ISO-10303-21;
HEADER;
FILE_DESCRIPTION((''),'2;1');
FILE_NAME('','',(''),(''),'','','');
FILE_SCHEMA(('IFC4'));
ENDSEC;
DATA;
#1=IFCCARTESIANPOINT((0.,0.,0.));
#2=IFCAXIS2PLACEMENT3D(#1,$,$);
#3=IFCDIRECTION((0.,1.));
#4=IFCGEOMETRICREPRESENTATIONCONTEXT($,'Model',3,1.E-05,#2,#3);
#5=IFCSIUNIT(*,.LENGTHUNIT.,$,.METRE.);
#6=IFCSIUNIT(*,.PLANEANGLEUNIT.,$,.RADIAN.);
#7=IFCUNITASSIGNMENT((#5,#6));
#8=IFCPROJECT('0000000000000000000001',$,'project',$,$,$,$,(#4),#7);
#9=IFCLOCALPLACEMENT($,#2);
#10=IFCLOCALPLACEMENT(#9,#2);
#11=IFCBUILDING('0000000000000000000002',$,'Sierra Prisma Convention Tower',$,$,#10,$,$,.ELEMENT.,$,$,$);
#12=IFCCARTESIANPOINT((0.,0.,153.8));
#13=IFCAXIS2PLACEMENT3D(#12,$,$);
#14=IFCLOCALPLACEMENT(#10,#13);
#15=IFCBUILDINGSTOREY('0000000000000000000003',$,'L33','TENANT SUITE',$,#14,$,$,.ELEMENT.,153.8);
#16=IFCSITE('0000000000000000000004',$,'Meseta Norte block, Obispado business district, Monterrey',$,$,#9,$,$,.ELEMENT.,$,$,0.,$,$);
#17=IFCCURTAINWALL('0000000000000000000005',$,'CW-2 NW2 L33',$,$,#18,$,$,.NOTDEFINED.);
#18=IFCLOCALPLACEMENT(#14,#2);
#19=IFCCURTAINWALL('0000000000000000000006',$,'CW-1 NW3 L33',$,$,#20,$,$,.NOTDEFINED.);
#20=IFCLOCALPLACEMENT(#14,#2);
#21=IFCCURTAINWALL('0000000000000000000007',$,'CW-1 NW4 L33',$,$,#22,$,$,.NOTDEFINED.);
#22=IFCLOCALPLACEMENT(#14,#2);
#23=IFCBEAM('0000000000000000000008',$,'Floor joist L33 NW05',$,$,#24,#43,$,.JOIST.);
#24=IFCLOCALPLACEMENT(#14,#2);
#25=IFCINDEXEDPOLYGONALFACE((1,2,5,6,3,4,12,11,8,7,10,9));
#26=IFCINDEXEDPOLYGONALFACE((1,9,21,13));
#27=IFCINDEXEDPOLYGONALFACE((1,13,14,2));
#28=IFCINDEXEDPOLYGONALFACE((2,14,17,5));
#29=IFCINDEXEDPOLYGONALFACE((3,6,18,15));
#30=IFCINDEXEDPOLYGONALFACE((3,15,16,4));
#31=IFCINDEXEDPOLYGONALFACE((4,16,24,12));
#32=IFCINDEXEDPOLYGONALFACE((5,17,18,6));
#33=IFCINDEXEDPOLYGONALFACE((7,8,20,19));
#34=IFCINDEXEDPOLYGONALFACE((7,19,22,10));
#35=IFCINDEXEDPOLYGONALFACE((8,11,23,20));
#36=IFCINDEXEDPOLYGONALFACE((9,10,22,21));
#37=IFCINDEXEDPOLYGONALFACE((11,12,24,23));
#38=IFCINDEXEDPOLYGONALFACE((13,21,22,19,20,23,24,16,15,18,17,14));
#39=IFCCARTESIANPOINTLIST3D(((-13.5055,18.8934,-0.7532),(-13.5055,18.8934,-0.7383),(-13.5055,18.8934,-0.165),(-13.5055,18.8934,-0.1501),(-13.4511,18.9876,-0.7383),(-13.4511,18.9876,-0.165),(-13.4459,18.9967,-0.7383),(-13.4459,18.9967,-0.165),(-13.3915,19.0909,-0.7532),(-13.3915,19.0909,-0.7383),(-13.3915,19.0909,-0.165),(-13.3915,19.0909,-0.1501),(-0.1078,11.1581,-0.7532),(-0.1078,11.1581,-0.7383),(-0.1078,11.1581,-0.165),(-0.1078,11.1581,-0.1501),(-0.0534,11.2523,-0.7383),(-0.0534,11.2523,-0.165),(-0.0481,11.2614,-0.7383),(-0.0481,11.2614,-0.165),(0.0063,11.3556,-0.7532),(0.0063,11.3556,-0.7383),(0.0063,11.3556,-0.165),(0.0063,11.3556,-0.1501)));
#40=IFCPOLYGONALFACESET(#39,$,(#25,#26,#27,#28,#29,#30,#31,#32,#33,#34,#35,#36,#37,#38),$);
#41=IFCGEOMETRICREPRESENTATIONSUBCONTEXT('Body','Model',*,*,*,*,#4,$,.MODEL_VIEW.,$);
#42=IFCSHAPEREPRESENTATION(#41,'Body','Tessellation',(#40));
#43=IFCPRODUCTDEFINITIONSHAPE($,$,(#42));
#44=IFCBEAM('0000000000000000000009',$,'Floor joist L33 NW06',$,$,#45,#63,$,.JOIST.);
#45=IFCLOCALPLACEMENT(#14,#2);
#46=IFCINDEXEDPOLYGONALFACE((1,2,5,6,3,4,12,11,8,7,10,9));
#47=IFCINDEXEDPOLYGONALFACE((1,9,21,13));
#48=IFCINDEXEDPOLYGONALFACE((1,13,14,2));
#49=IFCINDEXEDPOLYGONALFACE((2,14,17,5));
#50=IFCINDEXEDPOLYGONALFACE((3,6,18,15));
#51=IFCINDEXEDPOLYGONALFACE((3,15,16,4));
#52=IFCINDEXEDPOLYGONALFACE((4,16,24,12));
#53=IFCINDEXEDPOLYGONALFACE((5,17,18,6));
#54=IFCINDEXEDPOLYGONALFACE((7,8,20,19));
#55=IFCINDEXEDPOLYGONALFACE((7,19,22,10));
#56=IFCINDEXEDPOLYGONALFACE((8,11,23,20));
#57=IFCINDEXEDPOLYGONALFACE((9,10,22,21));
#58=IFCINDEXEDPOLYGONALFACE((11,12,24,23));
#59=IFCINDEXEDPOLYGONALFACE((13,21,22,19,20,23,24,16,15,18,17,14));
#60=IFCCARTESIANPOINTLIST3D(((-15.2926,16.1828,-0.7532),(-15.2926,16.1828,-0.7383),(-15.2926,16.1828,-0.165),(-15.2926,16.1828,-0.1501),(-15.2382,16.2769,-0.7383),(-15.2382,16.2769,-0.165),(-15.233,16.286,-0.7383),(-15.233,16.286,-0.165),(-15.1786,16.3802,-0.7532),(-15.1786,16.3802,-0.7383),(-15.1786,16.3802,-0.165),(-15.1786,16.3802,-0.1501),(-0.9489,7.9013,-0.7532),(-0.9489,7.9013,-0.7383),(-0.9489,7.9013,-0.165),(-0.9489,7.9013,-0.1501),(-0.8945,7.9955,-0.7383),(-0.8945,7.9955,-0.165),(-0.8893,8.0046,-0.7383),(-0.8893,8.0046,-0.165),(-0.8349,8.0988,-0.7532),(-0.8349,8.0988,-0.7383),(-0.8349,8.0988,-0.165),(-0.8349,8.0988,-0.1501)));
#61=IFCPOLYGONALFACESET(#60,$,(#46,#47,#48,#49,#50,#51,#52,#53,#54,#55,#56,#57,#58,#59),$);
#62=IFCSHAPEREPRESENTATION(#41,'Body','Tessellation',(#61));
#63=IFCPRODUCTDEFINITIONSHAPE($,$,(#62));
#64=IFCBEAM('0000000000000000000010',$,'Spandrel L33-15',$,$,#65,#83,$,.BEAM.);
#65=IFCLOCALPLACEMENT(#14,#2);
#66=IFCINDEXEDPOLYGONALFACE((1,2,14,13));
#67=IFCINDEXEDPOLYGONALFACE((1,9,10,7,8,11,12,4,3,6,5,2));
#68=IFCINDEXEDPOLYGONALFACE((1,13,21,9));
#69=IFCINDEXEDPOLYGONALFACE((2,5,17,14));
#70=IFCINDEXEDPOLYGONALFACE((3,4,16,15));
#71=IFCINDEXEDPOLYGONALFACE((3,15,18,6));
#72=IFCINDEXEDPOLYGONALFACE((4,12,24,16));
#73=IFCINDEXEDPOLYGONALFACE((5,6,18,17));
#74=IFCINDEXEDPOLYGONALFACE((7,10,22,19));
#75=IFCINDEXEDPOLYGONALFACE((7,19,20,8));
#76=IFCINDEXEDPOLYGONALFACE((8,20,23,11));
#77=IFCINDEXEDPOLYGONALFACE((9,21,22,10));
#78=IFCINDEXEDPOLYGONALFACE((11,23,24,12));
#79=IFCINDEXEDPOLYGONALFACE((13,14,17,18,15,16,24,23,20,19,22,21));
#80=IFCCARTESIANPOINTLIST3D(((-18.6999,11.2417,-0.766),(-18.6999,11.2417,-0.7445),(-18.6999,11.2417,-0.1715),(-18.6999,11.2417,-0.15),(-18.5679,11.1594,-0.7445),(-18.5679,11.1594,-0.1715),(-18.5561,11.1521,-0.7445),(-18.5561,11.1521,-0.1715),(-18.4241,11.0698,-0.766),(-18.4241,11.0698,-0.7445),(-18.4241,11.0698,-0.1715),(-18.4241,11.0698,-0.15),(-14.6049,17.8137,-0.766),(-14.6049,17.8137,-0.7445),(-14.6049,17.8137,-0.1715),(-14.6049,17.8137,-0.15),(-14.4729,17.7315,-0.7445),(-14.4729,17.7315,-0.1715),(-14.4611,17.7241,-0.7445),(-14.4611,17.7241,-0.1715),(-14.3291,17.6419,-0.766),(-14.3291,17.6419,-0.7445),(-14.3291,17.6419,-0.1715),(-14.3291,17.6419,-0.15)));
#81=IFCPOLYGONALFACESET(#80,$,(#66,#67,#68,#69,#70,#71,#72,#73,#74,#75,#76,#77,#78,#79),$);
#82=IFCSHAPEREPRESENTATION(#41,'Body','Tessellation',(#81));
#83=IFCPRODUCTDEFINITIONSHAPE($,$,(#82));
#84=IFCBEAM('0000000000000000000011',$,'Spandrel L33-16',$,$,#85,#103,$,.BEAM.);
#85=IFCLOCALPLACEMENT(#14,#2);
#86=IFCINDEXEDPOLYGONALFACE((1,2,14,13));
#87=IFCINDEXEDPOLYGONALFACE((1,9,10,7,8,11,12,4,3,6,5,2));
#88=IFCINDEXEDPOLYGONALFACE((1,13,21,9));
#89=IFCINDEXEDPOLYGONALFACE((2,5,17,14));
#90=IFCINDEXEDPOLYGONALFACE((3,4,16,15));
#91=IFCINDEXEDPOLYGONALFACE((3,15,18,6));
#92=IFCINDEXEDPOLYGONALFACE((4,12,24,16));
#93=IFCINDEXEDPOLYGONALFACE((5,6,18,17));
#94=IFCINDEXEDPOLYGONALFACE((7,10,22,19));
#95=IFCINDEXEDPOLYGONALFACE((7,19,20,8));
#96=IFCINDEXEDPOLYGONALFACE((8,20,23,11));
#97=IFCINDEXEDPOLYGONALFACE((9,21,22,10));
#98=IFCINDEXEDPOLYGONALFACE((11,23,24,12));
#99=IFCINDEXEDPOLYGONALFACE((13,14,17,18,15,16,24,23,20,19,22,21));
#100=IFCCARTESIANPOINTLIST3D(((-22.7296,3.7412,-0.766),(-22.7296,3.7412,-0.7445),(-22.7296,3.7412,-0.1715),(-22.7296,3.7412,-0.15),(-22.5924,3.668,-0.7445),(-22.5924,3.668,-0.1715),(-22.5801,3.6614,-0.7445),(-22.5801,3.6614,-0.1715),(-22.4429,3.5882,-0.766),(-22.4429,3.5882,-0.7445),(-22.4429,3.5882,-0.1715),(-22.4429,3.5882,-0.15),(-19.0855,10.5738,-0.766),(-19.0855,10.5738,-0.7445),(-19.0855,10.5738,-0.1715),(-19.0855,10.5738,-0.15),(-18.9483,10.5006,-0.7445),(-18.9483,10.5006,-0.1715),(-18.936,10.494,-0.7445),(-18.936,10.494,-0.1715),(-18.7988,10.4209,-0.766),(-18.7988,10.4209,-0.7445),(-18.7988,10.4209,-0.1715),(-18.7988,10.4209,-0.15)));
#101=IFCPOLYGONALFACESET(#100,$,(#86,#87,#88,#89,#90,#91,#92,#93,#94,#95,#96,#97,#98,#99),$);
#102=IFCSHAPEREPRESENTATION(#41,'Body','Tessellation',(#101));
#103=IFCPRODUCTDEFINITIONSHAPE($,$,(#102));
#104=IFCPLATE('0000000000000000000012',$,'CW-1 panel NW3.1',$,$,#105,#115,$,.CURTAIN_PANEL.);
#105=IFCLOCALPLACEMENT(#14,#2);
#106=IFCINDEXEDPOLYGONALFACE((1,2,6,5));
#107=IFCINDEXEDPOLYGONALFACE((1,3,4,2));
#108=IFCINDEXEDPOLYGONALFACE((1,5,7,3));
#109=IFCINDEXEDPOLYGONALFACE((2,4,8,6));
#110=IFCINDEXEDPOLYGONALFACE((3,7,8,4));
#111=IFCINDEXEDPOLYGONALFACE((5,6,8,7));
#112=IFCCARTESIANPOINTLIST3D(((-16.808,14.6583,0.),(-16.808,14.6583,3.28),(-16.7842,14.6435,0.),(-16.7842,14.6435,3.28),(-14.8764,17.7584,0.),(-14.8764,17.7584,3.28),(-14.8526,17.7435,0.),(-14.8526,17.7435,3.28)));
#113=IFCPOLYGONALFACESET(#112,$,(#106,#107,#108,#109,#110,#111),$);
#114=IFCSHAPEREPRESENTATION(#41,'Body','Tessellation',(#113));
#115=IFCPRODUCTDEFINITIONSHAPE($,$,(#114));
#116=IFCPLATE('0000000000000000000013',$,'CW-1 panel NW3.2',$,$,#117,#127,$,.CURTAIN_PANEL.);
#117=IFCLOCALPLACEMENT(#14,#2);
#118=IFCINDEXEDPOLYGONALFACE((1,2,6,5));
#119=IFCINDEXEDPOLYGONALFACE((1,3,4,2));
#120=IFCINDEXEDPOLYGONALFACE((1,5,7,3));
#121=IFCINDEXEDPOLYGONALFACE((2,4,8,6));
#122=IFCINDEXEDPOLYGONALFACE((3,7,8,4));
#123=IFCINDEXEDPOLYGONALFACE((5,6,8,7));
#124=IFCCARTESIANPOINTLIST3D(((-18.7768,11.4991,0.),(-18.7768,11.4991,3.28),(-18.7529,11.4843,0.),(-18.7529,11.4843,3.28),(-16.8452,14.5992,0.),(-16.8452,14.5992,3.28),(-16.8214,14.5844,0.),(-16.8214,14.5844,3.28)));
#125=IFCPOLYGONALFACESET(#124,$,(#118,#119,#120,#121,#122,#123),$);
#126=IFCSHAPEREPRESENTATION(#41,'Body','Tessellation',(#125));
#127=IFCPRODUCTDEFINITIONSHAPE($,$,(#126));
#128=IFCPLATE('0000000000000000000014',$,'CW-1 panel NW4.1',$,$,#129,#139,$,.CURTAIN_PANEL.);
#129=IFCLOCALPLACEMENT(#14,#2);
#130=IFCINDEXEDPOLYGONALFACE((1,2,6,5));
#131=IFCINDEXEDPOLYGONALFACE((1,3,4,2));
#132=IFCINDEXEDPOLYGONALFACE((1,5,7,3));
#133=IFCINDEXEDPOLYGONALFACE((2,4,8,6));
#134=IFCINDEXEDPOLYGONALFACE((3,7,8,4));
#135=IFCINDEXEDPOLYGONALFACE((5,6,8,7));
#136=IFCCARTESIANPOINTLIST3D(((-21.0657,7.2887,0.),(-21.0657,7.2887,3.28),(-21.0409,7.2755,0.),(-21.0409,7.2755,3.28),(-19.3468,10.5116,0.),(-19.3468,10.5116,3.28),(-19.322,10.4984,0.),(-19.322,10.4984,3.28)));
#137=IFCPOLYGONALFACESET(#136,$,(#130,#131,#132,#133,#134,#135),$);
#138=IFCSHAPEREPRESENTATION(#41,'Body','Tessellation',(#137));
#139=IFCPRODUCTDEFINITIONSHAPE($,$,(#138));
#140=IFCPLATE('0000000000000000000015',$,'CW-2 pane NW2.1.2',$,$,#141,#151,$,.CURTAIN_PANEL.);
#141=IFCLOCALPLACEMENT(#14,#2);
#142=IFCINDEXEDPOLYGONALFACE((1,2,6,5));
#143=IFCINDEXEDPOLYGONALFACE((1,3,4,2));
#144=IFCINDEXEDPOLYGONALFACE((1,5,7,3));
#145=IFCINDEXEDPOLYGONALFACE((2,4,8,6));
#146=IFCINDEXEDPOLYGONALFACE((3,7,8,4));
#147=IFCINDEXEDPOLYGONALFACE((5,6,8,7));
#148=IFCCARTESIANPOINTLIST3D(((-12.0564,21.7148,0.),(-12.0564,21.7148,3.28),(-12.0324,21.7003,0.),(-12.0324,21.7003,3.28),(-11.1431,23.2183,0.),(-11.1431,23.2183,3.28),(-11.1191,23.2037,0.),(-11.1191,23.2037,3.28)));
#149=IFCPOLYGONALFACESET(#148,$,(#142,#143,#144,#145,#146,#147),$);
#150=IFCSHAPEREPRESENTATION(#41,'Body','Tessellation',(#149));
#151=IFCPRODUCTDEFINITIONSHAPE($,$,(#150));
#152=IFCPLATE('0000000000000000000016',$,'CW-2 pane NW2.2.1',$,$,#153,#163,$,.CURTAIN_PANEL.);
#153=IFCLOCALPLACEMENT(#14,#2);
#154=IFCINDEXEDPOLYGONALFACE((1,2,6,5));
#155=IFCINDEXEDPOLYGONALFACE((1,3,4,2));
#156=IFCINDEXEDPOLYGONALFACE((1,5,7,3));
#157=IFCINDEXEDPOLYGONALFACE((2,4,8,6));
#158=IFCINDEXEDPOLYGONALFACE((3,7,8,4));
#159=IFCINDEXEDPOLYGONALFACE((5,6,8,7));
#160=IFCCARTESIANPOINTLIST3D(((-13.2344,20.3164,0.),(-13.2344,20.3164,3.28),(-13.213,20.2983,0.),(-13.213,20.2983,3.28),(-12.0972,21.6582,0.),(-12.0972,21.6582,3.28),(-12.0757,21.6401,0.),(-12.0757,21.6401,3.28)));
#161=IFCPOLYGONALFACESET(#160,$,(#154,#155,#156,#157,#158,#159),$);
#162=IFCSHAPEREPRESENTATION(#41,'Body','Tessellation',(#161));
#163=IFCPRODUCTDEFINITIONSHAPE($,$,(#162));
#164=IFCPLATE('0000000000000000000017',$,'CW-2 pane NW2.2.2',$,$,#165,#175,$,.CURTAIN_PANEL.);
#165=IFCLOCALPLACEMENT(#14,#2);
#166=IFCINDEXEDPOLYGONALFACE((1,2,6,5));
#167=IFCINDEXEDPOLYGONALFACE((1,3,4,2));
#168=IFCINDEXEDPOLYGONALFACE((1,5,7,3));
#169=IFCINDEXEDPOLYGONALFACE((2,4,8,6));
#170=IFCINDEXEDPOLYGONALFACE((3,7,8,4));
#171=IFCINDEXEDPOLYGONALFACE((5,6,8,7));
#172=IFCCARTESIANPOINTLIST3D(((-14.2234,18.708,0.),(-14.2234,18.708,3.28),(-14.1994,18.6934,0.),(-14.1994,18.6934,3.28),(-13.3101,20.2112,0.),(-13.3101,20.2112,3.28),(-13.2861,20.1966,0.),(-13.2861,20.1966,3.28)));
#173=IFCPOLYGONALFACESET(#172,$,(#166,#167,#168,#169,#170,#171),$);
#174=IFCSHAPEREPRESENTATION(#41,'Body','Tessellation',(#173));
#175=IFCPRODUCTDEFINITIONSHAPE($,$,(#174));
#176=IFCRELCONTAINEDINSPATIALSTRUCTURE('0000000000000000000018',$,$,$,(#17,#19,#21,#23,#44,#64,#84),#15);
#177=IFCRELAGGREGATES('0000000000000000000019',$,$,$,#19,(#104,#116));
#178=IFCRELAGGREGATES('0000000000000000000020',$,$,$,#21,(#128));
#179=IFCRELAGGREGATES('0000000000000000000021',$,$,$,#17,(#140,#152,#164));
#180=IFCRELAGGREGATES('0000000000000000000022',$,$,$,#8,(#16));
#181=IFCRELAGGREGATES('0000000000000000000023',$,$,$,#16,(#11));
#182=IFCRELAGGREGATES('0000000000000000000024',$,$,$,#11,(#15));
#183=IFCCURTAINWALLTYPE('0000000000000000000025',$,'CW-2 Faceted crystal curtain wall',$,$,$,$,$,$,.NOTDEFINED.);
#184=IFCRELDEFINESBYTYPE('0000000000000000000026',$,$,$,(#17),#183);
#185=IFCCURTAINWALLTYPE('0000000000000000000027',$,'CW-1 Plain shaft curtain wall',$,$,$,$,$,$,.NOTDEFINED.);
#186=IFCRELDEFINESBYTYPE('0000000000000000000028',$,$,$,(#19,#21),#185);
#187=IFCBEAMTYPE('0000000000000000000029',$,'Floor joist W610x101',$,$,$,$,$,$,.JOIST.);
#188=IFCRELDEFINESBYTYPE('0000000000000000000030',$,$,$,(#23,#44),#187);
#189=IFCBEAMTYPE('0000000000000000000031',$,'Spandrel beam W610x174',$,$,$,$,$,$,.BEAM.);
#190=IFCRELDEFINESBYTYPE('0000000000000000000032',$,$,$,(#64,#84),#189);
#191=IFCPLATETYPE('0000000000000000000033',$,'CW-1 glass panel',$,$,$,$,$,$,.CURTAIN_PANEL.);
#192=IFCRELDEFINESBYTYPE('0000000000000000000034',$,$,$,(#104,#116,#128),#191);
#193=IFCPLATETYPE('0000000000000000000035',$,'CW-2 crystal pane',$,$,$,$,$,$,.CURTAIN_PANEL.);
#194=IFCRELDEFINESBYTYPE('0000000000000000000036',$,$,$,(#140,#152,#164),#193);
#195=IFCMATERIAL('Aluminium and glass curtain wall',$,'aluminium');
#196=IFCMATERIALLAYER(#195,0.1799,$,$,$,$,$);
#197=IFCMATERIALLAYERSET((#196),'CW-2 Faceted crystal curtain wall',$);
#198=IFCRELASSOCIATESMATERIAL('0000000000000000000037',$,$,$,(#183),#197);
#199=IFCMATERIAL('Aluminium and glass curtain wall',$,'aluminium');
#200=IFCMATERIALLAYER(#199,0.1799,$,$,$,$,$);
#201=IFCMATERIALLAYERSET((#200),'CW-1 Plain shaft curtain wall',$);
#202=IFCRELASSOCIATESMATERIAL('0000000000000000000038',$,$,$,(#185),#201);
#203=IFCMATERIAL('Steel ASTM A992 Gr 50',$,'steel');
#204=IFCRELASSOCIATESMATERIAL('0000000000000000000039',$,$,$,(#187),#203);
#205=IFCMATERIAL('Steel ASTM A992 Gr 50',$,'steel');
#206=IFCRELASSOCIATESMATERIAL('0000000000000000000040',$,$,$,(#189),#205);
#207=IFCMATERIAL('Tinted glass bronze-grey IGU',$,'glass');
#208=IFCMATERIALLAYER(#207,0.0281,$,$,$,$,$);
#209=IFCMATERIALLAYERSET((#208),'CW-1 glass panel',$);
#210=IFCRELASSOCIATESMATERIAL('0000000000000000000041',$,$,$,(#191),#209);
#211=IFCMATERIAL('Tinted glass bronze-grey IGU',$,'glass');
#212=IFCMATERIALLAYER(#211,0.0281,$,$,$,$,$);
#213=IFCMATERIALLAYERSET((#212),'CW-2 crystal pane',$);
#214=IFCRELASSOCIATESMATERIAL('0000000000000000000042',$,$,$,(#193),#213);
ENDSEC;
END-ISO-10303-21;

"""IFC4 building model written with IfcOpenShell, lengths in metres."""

from ifc_helpers import new_model, si_unit, direction, frame, origin, origin_2d, place, context, subcontext, project, spatial, polyline, rectangle, i_section, outline, extrude, material, layer, layer_set, material_profile, profile_set, type_object, element, aggregate, save


model = new_model("IFC4")

# Units and contexts
model_context = context("Model", 3, precision=1e-05, world=origin(), true_north=direction((0.0, 1.0)))
body_context = subcontext(model_context, "Body", "Model", "MODEL_VIEW")
ifc_project = project(units=[si_unit("LENGTHUNIT", "METRE"), si_unit("PLANEANGLEUNIT", "RADIAN")], contexts=[model_context])

# Site, building, storey
site_placement = place(None, origin())
site = spatial("IfcSite", under=ifc_project, at=site_placement, Name="Meseta Norte block, Obispado business district, Monterrey", CompositionType="ELEMENT", RefElevation=0.0)
building_placement = place(site_placement, origin())
building = spatial("IfcBuilding", under=site, at=building_placement, Name="Sierra Prisma Convention Tower", CompositionType="ELEMENT")
storey_placement = place(building_placement, frame((0.0, 0.0, 153.8)))
storey = spatial("IfcBuildingStorey", under=building, at=storey_placement, Name="L33", Description="TENANT SUITE", CompositionType="ELEMENT", Elevation=153.8)

# Curtain walls
ifc_material_1 = material(Name="Aluminium and glass curtain wall", Category="aluminium")
ifc_layer_1 = layer(ifc_material_1, 0.1799)
ifc_layer_set_1 = layer_set([ifc_layer_1], Name="CW-2 Faceted crystal curtain wall")
curtain_wall_type_1 = type_object("IfcCurtainWallType", Name="CW-2 Faceted crystal curtain wall", PredefinedType="NOTDEFINED", material=ifc_layer_set_1)
curtain_wall_1_placement = place(storey_placement, origin())
curtain_wall_1 = element("IfcCurtainWall", 1, at=curtain_wall_1_placement, inside=storey, type_object=curtain_wall_type_1, Name="CW-2 NW2 L33", PredefinedType="NOTDEFINED")
ifc_material_2 = material(Name="Aluminium and glass curtain wall", Category="aluminium")
ifc_layer_2 = layer(ifc_material_2, 0.1799)
ifc_layer_set_2 = layer_set([ifc_layer_2], Name="CW-1 Plain shaft curtain wall")
curtain_wall_type_2 = type_object("IfcCurtainWallType", Name="CW-1 Plain shaft curtain wall", PredefinedType="NOTDEFINED", material=ifc_layer_set_2)
curtain_wall_2_placement = place(storey_placement, origin())
curtain_wall_2 = element("IfcCurtainWall", 2, at=curtain_wall_2_placement, inside=storey, type_object=curtain_wall_type_2, Name="CW-1 NW3 L33", PredefinedType="NOTDEFINED")

# Curtain wall
curtain_wall_3_placement = place(storey_placement, origin())
curtain_wall_3 = element("IfcCurtainWall", 3, at=curtain_wall_3_placement, inside=storey, type_object=curtain_wall_type_2, Name="CW-1 NW4 L33", PredefinedType="NOTDEFINED")

# Beams
ifc_material_3 = material(Name="Steel ASTM A992 Gr 50", Category="steel")
ifc_material_profile_1 = material_profile(ifc_material_3, i_section(OverallWidth=0.228, OverallDepth=0.603, WebThickness=0.0105, FlangeThickness=0.0149, at=origin_2d()), Name="W610x101")
ifc_profile_set_1 = profile_set([ifc_material_profile_1], Name="Steel ASTM A992 Gr 50")
beam_type_1 = type_object("IfcBeamType", Name="Floor joist W610x101", PredefinedType="JOIST", material=ifc_profile_set_1)
beam_1_placement = place(storey_placement, frame((-13.4485, 18.9922, -0.4517), z_axis=(0.86602, -0.500009, 0.0), x_axis=(0.500009, 0.86602, 0.0)))
element("IfcBeam", 4, at=beam_1_placement, inside=storey, type_object=beam_type_1, Name="Floor joist L33 NW05", PredefinedType="JOIST", context=body_context, shape_type="SweptSolid", body=[
    extrude(i_section(OverallWidth=0.228, OverallDepth=0.603, WebThickness=0.0105, FlangeThickness=0.0149, at=origin_2d()), origin(), (0.0, 0.0, 1.0), 15.4705),
])
beam_2_placement = place(storey_placement, frame((-15.2356, 16.2815, -0.4517), z_axis=(0.866022, -0.500006, 0.0), x_axis=(0.500006, 0.866022, 0.0)))
element("IfcBeam", 5, at=beam_2_placement, inside=storey, type_object=beam_type_1, Name="Floor joist L33 NW06", PredefinedType="JOIST", context=body_context, shape_type="SweptSolid", body=[
    extrude(i_section(OverallWidth=0.228, OverallDepth=0.603, WebThickness=0.0105, FlangeThickness=0.0149, at=origin_2d()), origin(), (0.0, 0.0, 1.0), 16.5627),
])
ifc_material_4 = material(Name="Steel ASTM A992 Gr 50", Category="steel")
ifc_material_profile_2 = material_profile(ifc_material_4, i_section(OverallWidth=0.325, OverallDepth=0.616, WebThickness=0.0139, FlangeThickness=0.0215, at=origin_2d()), Name="W610x174")
ifc_profile_set_2 = profile_set([ifc_material_profile_2], Name="Steel ASTM A992 Gr 50")
beam_type_2 = type_object("IfcBeamType", Name="Spandrel beam W610x174", PredefinedType="BEAM", material=ifc_profile_set_2)
beam_3_placement = place(storey_placement, frame((-14.467, 17.7278, -0.458), z_axis=(-0.528834, -0.848726, 0.0), x_axis=(0.848726, -0.528834, 0.0)))
element("IfcBeam", 6, at=beam_3_placement, inside=storey, type_object=beam_type_2, Name="Spandrel L33-15", PredefinedType="BEAM", context=body_context, shape_type="SweptSolid", body=[
    extrude(i_section(OverallWidth=0.325, OverallDepth=0.616, WebThickness=0.0139, FlangeThickness=0.0215, at=origin_2d()), origin(), (0.0, 0.0, 1.0), 7.7434),
])
beam_4_placement = place(storey_placement, frame((-18.9421, 10.4973, -0.458), z_axis=(-0.470592, -0.882351, 0.0), x_axis=(0.882351, -0.470592, 0.0)))
element("IfcBeam", 7, at=beam_4_placement, inside=storey, type_object=beam_type_2, Name="Spandrel L33-16", PredefinedType="BEAM", context=body_context, shape_type="SweptSolid", body=[
    extrude(i_section(OverallWidth=0.325, OverallDepth=0.616, WebThickness=0.0139, FlangeThickness=0.0215, at=origin_2d()), origin(), (0.0, 0.0, 1.0), 7.7437),
])

# Plates
ifc_material_5 = material(Name="Tinted glass bronze-grey IGU", Category="glass")
ifc_layer_3 = layer(ifc_material_5, 0.0281)
ifc_layer_set_3 = layer_set([ifc_layer_3], Name="CW-1 glass panel")
plate_type_1 = type_object("IfcPlateType", Name="CW-1 glass panel", PredefinedType="CURTAIN_PANEL", material=ifc_layer_set_3)
plate_1_placement = place(storey_placement, frame((-15.8303, 16.2009, 0.0), z_axis=(0.0, 0.0, 1.0), x_axis=(-0.528824, -0.848731, 0.0)))
plate_1 = element("IfcPlate", 8, at=plate_1_placement, type_object=plate_type_1, Name="CW-1 panel NW3.1", PredefinedType="CURTAIN_PANEL", context=body_context, shape_type="SweptSolid", body=[
    extrude(rectangle(XDim=3.6526, YDim=0.0281, at=origin_2d()), origin(), (0.0, 0.0, 1.0), 3.28),
])
plate_2_placement = place(storey_placement, frame((-17.7991, 13.0417, 0.0), z_axis=(0.0, 0.0, 1.0), x_axis=(-0.528824, -0.848731, 0.0)))
plate_2 = element("IfcPlate", 9, at=plate_2_placement, type_object=plate_type_1, Name="CW-1 panel NW3.2", PredefinedType="CURTAIN_PANEL", context=body_context, shape_type="SweptSolid", body=[
    extrude(rectangle(XDim=3.6526, YDim=0.0281, at=origin_2d()), origin(), (0.0, 0.0, 1.0), 3.28),
])
aggregate(curtain_wall_2, [plate_1, plate_2])
plate_3_placement = place(storey_placement, frame((-20.1938, 8.8936, 0.0), z_axis=(0.0, 0.0, 1.0), x_axis=(-0.470611, -0.882341, 0.0)))
plate_3 = element("IfcPlate", 10, at=plate_3_placement, type_object=plate_type_1, Name="CW-1 panel NW4.1", PredefinedType="CURTAIN_PANEL", context=body_context, shape_type="SweptSolid", body=[
    extrude(rectangle(XDim=3.6526, YDim=0.0281, at=origin_2d()), origin(), (0.0, 0.0, 1.0), 3.28),
])
aggregate(curtain_wall_3, [plate_3])
ifc_material_6 = material(Name="Tinted glass bronze-grey IGU", Category="glass")
ifc_layer_4 = layer(ifc_material_6, 0.0281)
ifc_layer_set_4 = layer_set([ifc_layer_4], Name="CW-2 crystal pane")
plate_type_2 = type_object("IfcPlateType", Name="CW-2 crystal pane", PredefinedType="CURTAIN_PANEL", material=ifc_layer_set_4)
plate_4_placement = place(storey_placement, frame((-12.0564, 21.7148, 0.0), z_axis=(-0.854651, 0.519203, 0.0), x_axis=(0.519203, 0.854651, 0.0)))
plate_4 = element("IfcPlate", 11, at=plate_4_placement, type_object=plate_type_2, Name="CW-2 pane NW2.1.2", PredefinedType="CURTAIN_PANEL", context=body_context, shape_type="SweptSolid", body=[
    extrude(outline(polyline([(0.0, 0.0), (1.7591, 0.0), (1.7591, -3.28), (0.0, -3.28), (0.0, 0.0)])), origin(), (0.0, 0.0, -1.0), 0.0281),
])
plate_5_placement = place(storey_placement, frame((-12.0972, 21.6582, 0.0), z_axis=(-0.76287, 0.646552, 0.0), x_axis=(-0.646552, -0.76287, 0.0)))
plate_5 = element("IfcPlate", 12, at=plate_5_placement, type_object=plate_type_2, Name="CW-2 pane NW2.2.1", PredefinedType="CURTAIN_PANEL", context=body_context, shape_type="SweptSolid", body=[
    extrude(outline(polyline([(0.0, 0.0), (1.7589, 0.0), (1.7589, 3.28), (0.0, 3.28), (0.0, 0.0)])), origin(), (0.0, 0.0, -1.0), 0.0281),
])
plate_6_placement = place(storey_placement, frame((-14.2234, 18.708, 0.0), z_axis=(-0.854614, 0.519264, 0.0), x_axis=(0.519264, 0.854614, 0.0)))
plate_6 = element("IfcPlate", 13, at=plate_6_placement, type_object=plate_type_2, Name="CW-2 pane NW2.2.2", PredefinedType="CURTAIN_PANEL", context=body_context, shape_type="SweptSolid", body=[
    extrude(outline(polyline([(0.0, 0.0), (1.7589, 0.0), (1.7589, -3.28), (0.0, -3.28), (0.0, 0.0)])), origin(), (0.0, 0.0, -1.0), 0.0281),
])
aggregate(curtain_wall_1, [plate_4, plate_5, plate_6])

save(model, "model.ifc")
